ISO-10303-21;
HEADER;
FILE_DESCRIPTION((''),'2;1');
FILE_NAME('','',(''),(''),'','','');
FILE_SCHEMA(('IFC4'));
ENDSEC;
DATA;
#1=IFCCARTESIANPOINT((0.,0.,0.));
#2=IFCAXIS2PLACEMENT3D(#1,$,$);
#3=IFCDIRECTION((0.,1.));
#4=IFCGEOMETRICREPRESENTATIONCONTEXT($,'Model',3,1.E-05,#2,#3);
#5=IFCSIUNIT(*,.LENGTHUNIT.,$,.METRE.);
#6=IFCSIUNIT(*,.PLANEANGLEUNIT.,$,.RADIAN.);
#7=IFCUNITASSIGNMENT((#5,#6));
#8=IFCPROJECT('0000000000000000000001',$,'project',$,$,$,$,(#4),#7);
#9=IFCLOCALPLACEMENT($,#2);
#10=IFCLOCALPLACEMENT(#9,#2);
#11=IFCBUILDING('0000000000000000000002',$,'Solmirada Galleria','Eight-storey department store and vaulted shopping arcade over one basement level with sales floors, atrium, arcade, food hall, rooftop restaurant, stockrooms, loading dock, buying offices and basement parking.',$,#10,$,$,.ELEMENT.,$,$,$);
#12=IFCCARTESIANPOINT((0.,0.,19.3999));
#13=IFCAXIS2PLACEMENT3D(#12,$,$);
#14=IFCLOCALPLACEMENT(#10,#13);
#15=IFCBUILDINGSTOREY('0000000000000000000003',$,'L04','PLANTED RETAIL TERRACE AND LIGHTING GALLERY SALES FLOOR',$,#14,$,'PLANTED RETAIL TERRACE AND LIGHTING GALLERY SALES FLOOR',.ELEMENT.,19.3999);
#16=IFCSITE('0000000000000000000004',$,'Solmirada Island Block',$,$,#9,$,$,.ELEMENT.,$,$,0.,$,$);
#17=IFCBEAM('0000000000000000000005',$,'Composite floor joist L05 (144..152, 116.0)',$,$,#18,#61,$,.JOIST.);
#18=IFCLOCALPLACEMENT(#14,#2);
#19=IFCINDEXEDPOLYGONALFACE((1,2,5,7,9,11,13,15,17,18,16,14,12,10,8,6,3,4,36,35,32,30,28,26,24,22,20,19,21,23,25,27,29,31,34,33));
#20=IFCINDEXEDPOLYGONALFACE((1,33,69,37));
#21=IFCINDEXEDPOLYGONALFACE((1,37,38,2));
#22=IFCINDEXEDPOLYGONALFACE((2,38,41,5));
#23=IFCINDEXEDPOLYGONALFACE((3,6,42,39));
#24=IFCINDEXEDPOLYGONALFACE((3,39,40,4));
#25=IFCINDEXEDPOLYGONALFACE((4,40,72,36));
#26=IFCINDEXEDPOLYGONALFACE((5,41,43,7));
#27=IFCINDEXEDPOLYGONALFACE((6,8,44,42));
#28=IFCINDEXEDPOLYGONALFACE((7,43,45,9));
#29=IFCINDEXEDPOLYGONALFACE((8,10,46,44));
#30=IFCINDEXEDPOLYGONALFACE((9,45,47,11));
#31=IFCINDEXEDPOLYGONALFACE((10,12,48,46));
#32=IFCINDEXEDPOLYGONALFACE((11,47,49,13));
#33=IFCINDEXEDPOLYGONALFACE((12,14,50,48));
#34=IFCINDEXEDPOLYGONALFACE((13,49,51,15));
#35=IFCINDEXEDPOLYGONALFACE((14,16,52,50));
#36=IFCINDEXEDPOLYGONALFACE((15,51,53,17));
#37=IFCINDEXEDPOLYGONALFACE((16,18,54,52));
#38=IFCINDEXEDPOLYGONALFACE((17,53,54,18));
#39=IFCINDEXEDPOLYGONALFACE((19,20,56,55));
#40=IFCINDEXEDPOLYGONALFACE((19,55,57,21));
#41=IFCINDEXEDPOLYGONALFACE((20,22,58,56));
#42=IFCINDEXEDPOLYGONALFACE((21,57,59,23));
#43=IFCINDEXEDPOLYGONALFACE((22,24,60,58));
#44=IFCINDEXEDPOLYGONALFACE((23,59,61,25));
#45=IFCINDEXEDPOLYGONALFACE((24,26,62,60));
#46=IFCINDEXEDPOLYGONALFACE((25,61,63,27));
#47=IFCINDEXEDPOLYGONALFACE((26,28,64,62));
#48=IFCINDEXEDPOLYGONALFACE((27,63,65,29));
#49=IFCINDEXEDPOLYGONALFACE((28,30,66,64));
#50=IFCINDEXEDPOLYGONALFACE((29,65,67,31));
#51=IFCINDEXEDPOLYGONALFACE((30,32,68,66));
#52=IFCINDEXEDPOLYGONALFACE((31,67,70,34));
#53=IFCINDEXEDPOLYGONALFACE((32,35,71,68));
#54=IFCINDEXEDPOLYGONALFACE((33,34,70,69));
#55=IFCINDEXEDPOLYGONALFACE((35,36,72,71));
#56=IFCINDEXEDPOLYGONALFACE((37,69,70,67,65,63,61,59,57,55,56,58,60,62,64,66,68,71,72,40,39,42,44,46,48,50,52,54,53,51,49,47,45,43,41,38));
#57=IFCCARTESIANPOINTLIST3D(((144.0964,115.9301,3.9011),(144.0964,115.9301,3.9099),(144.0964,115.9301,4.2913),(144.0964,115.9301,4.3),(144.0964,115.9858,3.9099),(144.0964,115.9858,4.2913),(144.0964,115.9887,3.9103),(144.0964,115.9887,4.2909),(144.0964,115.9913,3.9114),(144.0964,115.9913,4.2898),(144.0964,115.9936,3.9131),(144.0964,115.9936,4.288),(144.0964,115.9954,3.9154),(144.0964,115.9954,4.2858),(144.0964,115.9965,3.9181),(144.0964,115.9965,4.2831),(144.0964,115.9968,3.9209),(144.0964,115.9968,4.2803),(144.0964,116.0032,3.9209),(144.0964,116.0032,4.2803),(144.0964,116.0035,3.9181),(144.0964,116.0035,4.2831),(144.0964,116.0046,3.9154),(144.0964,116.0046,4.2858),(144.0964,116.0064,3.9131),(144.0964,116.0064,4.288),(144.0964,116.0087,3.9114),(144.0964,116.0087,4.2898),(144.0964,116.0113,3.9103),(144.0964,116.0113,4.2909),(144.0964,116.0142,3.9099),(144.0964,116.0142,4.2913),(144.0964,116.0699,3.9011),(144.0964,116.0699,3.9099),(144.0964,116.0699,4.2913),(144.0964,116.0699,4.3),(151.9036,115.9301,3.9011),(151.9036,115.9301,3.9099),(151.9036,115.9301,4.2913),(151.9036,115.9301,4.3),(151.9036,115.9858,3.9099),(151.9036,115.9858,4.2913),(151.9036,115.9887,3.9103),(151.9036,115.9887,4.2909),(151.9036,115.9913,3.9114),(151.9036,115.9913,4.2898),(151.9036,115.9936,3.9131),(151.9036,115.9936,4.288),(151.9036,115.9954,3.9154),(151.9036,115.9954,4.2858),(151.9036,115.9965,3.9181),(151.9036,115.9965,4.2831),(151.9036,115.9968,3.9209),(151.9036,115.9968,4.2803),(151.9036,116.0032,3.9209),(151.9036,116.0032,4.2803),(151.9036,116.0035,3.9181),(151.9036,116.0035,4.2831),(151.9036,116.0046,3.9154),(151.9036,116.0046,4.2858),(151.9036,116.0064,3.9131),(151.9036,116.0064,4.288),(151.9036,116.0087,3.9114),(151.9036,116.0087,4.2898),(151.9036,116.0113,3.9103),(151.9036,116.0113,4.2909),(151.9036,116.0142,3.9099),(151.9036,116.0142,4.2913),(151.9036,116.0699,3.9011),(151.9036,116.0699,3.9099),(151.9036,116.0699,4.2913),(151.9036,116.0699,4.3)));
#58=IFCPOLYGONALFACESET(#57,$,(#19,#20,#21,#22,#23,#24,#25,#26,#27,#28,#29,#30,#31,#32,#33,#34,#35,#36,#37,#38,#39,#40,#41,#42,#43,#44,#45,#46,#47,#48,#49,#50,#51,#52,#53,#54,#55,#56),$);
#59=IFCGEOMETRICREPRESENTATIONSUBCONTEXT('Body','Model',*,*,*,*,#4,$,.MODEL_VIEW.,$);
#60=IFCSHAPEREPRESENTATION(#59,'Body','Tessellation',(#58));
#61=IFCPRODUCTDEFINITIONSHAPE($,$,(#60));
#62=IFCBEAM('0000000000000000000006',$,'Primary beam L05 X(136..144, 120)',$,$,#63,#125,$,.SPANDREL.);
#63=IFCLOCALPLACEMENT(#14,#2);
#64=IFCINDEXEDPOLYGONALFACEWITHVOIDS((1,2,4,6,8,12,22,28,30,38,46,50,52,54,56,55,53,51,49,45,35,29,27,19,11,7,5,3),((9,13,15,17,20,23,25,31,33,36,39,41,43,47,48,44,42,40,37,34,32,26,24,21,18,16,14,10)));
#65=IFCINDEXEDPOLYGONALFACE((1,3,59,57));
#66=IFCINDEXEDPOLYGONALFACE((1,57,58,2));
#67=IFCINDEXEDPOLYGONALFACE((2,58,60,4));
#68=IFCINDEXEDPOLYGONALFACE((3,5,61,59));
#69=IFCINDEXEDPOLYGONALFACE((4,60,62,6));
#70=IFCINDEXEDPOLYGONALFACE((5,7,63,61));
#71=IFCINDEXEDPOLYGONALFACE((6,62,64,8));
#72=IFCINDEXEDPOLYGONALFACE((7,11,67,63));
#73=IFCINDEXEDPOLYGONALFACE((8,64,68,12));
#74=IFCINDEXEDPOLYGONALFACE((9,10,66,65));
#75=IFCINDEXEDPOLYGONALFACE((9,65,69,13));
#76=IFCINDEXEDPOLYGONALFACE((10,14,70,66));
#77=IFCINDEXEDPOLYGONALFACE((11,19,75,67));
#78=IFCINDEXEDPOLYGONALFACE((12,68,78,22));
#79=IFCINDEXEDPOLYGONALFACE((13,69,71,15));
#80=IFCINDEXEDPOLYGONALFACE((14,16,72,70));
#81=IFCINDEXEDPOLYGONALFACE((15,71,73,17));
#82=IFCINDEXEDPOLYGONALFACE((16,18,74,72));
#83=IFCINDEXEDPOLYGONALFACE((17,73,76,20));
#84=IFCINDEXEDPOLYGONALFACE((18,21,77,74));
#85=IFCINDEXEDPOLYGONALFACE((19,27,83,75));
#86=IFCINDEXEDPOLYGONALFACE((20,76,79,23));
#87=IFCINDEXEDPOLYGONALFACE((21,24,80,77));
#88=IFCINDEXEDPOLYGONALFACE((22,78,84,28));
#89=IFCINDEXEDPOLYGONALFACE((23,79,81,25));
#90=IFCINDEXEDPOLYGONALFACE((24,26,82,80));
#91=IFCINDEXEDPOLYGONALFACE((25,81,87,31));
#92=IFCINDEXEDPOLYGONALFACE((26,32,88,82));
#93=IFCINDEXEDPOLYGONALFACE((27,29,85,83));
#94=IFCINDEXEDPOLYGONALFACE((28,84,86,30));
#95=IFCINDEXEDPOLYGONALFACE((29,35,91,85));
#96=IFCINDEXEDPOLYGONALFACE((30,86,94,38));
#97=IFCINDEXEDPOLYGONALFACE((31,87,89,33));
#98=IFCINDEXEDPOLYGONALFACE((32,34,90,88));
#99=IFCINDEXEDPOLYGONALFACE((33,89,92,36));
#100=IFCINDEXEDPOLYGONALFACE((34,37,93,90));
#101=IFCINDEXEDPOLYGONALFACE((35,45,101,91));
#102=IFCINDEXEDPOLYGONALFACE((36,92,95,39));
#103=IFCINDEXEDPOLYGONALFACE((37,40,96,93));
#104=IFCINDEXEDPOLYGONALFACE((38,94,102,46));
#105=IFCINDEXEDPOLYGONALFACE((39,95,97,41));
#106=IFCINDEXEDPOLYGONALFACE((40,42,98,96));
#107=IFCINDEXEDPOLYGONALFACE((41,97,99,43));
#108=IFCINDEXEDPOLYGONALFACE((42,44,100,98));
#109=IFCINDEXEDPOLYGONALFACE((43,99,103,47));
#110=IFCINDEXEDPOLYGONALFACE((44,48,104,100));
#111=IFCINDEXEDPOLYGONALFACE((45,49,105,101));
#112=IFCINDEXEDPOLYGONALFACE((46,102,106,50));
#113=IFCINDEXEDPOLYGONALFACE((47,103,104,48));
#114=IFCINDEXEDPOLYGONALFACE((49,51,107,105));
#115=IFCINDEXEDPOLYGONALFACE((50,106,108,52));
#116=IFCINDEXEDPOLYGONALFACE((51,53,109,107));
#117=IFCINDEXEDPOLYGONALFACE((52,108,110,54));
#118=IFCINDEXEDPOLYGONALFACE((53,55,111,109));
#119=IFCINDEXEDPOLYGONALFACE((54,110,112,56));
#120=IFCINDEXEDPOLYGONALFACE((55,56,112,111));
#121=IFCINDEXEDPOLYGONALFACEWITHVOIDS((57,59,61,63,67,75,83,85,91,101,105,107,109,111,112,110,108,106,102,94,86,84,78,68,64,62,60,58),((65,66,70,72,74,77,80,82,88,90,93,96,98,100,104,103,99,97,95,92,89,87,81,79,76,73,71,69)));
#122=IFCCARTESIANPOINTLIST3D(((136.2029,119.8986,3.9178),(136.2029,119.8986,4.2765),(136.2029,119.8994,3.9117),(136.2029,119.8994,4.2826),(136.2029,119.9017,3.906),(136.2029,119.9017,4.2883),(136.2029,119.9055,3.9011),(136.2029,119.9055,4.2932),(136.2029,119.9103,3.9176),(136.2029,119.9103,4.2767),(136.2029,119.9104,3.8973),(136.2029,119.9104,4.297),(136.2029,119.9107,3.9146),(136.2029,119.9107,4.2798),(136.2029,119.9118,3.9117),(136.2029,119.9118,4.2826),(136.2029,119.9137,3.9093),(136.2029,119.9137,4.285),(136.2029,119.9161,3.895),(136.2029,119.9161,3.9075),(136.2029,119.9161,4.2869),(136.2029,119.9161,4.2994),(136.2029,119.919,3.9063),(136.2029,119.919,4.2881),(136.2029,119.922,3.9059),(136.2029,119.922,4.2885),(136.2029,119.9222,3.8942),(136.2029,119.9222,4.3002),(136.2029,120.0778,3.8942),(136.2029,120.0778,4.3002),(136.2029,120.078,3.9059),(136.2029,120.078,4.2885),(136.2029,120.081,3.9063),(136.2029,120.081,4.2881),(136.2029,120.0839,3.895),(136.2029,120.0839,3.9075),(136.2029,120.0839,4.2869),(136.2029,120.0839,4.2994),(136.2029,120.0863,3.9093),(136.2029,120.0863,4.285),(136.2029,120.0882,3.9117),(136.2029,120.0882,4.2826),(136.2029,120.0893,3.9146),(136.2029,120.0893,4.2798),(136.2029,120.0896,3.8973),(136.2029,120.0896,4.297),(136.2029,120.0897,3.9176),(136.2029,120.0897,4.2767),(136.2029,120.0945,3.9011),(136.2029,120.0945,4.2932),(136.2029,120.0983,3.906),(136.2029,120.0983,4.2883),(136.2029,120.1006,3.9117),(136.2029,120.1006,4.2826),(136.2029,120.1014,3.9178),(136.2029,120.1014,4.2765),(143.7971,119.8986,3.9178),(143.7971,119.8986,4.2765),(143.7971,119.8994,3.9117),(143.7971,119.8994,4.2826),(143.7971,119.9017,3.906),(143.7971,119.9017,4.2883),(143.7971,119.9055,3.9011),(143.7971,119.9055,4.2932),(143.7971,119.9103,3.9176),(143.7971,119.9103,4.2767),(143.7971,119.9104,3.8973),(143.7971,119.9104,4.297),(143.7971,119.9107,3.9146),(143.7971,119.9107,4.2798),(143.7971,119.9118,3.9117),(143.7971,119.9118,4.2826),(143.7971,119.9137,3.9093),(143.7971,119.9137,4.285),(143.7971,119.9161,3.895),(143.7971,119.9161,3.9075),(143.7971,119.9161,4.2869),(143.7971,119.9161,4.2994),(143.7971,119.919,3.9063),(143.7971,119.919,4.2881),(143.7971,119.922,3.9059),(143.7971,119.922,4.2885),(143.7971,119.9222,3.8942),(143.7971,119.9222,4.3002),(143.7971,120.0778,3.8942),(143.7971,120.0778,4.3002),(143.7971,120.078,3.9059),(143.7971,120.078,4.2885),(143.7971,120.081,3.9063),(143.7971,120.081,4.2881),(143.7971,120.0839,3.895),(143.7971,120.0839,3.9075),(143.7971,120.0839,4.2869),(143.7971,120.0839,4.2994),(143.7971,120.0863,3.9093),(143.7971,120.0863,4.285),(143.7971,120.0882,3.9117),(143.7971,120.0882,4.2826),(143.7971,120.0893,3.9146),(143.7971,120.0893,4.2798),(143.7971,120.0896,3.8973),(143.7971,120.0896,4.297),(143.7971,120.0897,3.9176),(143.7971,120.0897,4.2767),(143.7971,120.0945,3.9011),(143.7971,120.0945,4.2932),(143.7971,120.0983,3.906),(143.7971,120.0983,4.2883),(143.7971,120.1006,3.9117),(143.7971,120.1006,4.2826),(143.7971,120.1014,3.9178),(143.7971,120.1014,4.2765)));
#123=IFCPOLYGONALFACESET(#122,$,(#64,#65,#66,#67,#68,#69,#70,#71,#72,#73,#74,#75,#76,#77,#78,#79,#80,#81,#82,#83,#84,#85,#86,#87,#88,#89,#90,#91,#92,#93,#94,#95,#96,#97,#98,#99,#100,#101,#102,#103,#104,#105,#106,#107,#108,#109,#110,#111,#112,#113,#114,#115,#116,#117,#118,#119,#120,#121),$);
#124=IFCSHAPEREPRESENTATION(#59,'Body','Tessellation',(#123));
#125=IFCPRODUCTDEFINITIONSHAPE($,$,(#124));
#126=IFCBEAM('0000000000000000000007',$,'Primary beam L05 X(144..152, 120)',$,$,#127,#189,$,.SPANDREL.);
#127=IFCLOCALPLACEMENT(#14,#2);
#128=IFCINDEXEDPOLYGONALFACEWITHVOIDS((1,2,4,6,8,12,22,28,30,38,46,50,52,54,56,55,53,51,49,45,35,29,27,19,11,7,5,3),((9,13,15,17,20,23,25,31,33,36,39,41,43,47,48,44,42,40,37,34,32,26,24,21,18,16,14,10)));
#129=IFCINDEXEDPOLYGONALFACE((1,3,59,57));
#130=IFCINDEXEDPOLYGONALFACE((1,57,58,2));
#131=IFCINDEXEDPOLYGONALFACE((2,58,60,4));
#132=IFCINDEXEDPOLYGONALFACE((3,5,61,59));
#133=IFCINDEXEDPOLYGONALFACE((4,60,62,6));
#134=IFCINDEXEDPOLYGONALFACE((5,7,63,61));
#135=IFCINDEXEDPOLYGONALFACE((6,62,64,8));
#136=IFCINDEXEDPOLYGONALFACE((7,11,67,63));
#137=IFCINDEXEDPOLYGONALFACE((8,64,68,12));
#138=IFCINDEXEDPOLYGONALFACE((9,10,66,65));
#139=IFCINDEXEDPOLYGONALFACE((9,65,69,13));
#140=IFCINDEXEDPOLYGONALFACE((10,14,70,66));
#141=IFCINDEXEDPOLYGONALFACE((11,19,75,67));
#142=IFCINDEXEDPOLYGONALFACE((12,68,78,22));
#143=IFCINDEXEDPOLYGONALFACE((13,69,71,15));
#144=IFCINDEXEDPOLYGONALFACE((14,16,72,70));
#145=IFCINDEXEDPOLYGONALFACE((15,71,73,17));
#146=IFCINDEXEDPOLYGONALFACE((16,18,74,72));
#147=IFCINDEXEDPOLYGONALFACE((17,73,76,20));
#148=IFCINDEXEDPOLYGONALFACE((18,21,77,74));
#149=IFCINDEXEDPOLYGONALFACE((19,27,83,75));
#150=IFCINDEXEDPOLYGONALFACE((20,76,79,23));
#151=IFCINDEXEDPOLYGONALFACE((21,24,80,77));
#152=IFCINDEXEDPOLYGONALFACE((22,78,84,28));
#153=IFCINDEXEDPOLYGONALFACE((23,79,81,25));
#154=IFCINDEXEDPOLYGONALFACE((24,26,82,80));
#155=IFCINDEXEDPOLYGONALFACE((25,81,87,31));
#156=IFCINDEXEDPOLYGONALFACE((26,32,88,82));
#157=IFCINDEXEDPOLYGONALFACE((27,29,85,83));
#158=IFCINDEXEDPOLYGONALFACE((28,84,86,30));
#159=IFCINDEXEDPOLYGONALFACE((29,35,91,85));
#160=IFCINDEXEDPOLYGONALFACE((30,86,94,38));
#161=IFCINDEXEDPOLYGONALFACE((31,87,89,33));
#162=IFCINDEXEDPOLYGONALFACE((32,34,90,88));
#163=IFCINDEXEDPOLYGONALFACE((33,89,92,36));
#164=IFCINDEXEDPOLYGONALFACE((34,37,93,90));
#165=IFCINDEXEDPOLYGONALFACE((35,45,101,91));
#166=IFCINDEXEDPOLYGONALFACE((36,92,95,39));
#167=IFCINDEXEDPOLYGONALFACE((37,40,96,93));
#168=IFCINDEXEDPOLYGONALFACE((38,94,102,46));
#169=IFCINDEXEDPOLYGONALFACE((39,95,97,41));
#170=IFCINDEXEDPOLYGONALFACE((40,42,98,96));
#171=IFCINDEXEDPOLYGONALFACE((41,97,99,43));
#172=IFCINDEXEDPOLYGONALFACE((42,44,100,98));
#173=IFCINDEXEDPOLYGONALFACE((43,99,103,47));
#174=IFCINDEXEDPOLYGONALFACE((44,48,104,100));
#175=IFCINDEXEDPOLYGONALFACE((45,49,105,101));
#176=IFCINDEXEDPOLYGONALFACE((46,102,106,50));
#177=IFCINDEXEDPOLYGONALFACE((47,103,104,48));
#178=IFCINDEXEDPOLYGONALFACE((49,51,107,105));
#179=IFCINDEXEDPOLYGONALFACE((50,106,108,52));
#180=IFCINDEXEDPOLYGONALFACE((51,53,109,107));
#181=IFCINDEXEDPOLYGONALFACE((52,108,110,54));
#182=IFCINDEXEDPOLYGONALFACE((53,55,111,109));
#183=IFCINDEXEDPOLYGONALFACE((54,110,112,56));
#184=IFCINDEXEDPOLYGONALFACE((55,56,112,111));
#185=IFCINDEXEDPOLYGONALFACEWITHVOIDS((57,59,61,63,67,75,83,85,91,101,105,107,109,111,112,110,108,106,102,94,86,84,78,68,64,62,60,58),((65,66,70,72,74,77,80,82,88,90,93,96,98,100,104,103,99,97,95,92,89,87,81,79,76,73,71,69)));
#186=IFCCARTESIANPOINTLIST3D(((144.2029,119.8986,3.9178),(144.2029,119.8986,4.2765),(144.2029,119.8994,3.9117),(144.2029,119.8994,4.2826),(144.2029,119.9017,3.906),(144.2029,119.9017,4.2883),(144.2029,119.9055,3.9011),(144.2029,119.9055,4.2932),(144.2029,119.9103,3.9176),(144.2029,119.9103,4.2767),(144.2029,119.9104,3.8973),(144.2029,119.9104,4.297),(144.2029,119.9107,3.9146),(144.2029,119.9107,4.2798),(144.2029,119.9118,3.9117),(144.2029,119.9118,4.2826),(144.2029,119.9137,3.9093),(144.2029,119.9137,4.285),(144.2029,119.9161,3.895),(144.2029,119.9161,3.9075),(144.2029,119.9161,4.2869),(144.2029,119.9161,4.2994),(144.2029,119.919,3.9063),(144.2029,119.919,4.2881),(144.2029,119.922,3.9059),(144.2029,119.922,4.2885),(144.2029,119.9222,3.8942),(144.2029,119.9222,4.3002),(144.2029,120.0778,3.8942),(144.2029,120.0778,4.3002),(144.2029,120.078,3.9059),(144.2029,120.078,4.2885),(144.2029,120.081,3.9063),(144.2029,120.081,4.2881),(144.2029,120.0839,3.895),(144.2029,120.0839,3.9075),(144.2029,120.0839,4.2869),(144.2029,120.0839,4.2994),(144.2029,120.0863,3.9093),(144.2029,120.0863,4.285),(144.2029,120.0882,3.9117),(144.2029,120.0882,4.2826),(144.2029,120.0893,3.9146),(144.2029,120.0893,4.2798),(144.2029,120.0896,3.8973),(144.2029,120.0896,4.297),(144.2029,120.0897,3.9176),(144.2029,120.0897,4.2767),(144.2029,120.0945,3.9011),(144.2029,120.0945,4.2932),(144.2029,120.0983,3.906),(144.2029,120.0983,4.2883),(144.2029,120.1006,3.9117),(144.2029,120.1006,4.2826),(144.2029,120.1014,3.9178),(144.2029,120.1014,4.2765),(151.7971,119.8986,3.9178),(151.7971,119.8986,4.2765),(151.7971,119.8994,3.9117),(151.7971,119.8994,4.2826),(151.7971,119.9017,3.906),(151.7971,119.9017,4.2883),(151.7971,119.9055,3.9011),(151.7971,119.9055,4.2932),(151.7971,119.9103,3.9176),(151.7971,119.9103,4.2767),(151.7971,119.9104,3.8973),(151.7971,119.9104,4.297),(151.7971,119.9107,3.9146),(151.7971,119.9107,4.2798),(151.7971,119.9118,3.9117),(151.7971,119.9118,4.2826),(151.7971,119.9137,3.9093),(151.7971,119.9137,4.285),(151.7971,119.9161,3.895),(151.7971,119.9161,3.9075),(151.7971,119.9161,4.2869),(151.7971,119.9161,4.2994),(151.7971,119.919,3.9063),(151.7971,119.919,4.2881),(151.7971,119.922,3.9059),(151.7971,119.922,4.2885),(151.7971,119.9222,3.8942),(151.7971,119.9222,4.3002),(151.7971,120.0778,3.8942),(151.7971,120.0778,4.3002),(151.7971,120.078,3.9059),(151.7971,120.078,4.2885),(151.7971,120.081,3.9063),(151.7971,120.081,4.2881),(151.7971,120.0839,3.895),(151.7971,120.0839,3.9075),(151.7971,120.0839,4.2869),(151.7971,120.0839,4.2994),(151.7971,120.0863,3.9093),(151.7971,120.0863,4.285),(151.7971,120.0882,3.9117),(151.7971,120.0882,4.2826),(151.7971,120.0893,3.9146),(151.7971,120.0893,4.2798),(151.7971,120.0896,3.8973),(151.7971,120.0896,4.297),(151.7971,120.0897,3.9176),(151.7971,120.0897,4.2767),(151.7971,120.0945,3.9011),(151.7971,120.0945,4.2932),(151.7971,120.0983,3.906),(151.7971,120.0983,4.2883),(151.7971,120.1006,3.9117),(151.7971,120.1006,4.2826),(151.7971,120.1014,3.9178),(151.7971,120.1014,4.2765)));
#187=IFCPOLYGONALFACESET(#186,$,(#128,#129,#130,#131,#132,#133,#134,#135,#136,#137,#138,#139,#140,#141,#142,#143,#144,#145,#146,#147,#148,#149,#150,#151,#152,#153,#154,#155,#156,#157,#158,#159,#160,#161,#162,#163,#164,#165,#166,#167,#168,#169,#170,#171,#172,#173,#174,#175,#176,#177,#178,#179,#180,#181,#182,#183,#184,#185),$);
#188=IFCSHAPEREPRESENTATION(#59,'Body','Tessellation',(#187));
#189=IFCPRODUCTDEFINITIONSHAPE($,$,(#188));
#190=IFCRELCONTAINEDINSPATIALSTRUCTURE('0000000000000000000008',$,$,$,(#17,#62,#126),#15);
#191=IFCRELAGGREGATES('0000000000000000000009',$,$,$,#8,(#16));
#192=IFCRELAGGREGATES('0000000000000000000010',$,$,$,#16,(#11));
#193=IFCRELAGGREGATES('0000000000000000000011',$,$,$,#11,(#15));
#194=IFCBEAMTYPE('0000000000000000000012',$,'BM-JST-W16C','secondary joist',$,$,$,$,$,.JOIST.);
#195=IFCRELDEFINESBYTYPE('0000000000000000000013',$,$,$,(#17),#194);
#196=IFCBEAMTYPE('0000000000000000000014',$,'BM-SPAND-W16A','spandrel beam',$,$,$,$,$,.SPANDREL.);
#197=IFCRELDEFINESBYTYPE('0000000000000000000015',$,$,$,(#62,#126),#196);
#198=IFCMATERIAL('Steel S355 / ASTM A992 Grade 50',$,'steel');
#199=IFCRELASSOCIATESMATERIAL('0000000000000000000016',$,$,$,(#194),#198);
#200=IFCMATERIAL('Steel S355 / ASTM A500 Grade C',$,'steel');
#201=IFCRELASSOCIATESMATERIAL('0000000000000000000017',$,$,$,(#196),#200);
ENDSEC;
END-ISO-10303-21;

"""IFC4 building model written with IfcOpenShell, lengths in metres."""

from ifc_helpers import new_model, si_unit, direction, frame, origin, origin_2d, place, context, subcontext, project, spatial, hollow_rectangle, i_section, extrude, material, material_profile, profile_set, type_object, element, save


model = new_model("IFC4")

# Units and contexts
model_context = context("Model", 3, precision=1e-05, world=origin(), true_north=direction((0.0, 1.0)))
body_context = subcontext(model_context, "Body", "Model", "MODEL_VIEW")
ifc_project = project(units=[si_unit("LENGTHUNIT", "METRE"), si_unit("PLANEANGLEUNIT", "RADIAN")], contexts=[model_context])

# Site, building, storey
site_placement = place(None, origin())
site = spatial("IfcSite", under=ifc_project, at=site_placement, Name="Solmirada Island Block", CompositionType="ELEMENT", RefElevation=0.0)
building_placement = place(site_placement, origin())
building = spatial("IfcBuilding", under=site, at=building_placement, Name="Solmirada Galleria", Description="Eight-storey department store and vaulted shopping arcade over one basement level with sales floors, atrium, arcade, food hall, rooftop restaurant, stockrooms, loading dock, buying offices and basement parking.", CompositionType="ELEMENT")
storey_placement = place(building_placement, frame((0.0, 0.0, 19.3999)))
storey = spatial("IfcBuildingStorey", under=building, at=storey_placement, Name="L04", Description="PLANTED RETAIL TERRACE AND LIGHTING GALLERY SALES FLOOR", LongName="PLANTED RETAIL TERRACE AND LIGHTING GALLERY SALES FLOOR", CompositionType="ELEMENT", Elevation=19.3999)

# Shared definitions
ifc_material_1 = material(Name="Steel S355 / ASTM A500 Grade C", Category="steel")

# Beams
ifc_material_2 = material(Name="Steel S355 / ASTM A992 Grade 50", Category="steel")
ifc_material_profile_1 = material_profile(ifc_material_2, i_section(OverallWidth=0.1399, OverallDepth=0.3989, WebThickness=0.0063, FlangeThickness=0.0088, FilletRadius=0.011, at=origin_2d()), Name="W16X26")
ifc_profile_set_1 = profile_set([ifc_material_profile_1], Name="Steel S355 / ASTM A992 Grade 50")
beam_type_1 = type_object("IfcBeamType", Name="BM-JST-W16C", Description="secondary joist", PredefinedType="JOIST", material=ifc_profile_set_1)
for number, where, z_axis, x_axis, name in (
    (1, (144.0964, 116.0, 4.1006), (1.0, 0.0, 0.0), (0.0, 1.0, 0.0), "Composite floor joist L05 (144..152, 116.0)"),
):
    element("IfcBeam", number, at=place(storey_placement, frame(where, z_axis=z_axis, x_axis=x_axis)), inside=storey, type_object=beam_type_1, Name=name, PredefinedType="JOIST", context=body_context, shape_type="SweptSolid", body=[
        extrude(i_section(OverallWidth=0.1399, OverallDepth=0.3989, WebThickness=0.0063, FlangeThickness=0.0088, FilletRadius=0.011, at=origin_2d()), origin(), (0.0, 0.0, 1.0), 7.8071),
    ])
ifc_material_profile_2 = material_profile(ifc_material_1, hollow_rectangle(XDim=0.2029, YDim=0.406, WallThickness=0.0117, InnerFilletRadius=0.0117, OuterFilletRadius=0.0237, at=origin_2d()), Name="HSS16X8X1/2")
ifc_profile_set_2 = profile_set([ifc_material_profile_2], Name="Steel S355 / ASTM A500 Grade C")
beam_type_2 = type_object("IfcBeamType", Name="BM-SPAND-W16A", Description="spandrel beam", PredefinedType="SPANDREL", material=ifc_profile_set_2)
for number, where, z_axis, x_axis, name in (
    (2, (136.2029, 120.0, 4.0972), (1.0, 0.0, 0.0), (0.0, 1.0, 0.0), "Primary beam L05 X(136..144, 120)"),
    (3, (144.2029, 120.0, 4.0972), (1.0, 0.0, 0.0), (0.0, 1.0, 0.0), "Primary beam L05 X(144..152, 120)"),
):
    element("IfcBeam", number, at=place(storey_placement, frame(where, z_axis=z_axis, x_axis=x_axis)), inside=storey, type_object=beam_type_2, Name=name, PredefinedType="SPANDREL", context=body_context, shape_type="SweptSolid", body=[
        extrude(hollow_rectangle(XDim=0.2029, YDim=0.406, WallThickness=0.0117, InnerFilletRadius=0.0117, OuterFilletRadius=0.0237, at=origin_2d()), origin(), (0.0, 0.0, 1.0), 7.5942),
    ])

save(model, "model.ifc")
